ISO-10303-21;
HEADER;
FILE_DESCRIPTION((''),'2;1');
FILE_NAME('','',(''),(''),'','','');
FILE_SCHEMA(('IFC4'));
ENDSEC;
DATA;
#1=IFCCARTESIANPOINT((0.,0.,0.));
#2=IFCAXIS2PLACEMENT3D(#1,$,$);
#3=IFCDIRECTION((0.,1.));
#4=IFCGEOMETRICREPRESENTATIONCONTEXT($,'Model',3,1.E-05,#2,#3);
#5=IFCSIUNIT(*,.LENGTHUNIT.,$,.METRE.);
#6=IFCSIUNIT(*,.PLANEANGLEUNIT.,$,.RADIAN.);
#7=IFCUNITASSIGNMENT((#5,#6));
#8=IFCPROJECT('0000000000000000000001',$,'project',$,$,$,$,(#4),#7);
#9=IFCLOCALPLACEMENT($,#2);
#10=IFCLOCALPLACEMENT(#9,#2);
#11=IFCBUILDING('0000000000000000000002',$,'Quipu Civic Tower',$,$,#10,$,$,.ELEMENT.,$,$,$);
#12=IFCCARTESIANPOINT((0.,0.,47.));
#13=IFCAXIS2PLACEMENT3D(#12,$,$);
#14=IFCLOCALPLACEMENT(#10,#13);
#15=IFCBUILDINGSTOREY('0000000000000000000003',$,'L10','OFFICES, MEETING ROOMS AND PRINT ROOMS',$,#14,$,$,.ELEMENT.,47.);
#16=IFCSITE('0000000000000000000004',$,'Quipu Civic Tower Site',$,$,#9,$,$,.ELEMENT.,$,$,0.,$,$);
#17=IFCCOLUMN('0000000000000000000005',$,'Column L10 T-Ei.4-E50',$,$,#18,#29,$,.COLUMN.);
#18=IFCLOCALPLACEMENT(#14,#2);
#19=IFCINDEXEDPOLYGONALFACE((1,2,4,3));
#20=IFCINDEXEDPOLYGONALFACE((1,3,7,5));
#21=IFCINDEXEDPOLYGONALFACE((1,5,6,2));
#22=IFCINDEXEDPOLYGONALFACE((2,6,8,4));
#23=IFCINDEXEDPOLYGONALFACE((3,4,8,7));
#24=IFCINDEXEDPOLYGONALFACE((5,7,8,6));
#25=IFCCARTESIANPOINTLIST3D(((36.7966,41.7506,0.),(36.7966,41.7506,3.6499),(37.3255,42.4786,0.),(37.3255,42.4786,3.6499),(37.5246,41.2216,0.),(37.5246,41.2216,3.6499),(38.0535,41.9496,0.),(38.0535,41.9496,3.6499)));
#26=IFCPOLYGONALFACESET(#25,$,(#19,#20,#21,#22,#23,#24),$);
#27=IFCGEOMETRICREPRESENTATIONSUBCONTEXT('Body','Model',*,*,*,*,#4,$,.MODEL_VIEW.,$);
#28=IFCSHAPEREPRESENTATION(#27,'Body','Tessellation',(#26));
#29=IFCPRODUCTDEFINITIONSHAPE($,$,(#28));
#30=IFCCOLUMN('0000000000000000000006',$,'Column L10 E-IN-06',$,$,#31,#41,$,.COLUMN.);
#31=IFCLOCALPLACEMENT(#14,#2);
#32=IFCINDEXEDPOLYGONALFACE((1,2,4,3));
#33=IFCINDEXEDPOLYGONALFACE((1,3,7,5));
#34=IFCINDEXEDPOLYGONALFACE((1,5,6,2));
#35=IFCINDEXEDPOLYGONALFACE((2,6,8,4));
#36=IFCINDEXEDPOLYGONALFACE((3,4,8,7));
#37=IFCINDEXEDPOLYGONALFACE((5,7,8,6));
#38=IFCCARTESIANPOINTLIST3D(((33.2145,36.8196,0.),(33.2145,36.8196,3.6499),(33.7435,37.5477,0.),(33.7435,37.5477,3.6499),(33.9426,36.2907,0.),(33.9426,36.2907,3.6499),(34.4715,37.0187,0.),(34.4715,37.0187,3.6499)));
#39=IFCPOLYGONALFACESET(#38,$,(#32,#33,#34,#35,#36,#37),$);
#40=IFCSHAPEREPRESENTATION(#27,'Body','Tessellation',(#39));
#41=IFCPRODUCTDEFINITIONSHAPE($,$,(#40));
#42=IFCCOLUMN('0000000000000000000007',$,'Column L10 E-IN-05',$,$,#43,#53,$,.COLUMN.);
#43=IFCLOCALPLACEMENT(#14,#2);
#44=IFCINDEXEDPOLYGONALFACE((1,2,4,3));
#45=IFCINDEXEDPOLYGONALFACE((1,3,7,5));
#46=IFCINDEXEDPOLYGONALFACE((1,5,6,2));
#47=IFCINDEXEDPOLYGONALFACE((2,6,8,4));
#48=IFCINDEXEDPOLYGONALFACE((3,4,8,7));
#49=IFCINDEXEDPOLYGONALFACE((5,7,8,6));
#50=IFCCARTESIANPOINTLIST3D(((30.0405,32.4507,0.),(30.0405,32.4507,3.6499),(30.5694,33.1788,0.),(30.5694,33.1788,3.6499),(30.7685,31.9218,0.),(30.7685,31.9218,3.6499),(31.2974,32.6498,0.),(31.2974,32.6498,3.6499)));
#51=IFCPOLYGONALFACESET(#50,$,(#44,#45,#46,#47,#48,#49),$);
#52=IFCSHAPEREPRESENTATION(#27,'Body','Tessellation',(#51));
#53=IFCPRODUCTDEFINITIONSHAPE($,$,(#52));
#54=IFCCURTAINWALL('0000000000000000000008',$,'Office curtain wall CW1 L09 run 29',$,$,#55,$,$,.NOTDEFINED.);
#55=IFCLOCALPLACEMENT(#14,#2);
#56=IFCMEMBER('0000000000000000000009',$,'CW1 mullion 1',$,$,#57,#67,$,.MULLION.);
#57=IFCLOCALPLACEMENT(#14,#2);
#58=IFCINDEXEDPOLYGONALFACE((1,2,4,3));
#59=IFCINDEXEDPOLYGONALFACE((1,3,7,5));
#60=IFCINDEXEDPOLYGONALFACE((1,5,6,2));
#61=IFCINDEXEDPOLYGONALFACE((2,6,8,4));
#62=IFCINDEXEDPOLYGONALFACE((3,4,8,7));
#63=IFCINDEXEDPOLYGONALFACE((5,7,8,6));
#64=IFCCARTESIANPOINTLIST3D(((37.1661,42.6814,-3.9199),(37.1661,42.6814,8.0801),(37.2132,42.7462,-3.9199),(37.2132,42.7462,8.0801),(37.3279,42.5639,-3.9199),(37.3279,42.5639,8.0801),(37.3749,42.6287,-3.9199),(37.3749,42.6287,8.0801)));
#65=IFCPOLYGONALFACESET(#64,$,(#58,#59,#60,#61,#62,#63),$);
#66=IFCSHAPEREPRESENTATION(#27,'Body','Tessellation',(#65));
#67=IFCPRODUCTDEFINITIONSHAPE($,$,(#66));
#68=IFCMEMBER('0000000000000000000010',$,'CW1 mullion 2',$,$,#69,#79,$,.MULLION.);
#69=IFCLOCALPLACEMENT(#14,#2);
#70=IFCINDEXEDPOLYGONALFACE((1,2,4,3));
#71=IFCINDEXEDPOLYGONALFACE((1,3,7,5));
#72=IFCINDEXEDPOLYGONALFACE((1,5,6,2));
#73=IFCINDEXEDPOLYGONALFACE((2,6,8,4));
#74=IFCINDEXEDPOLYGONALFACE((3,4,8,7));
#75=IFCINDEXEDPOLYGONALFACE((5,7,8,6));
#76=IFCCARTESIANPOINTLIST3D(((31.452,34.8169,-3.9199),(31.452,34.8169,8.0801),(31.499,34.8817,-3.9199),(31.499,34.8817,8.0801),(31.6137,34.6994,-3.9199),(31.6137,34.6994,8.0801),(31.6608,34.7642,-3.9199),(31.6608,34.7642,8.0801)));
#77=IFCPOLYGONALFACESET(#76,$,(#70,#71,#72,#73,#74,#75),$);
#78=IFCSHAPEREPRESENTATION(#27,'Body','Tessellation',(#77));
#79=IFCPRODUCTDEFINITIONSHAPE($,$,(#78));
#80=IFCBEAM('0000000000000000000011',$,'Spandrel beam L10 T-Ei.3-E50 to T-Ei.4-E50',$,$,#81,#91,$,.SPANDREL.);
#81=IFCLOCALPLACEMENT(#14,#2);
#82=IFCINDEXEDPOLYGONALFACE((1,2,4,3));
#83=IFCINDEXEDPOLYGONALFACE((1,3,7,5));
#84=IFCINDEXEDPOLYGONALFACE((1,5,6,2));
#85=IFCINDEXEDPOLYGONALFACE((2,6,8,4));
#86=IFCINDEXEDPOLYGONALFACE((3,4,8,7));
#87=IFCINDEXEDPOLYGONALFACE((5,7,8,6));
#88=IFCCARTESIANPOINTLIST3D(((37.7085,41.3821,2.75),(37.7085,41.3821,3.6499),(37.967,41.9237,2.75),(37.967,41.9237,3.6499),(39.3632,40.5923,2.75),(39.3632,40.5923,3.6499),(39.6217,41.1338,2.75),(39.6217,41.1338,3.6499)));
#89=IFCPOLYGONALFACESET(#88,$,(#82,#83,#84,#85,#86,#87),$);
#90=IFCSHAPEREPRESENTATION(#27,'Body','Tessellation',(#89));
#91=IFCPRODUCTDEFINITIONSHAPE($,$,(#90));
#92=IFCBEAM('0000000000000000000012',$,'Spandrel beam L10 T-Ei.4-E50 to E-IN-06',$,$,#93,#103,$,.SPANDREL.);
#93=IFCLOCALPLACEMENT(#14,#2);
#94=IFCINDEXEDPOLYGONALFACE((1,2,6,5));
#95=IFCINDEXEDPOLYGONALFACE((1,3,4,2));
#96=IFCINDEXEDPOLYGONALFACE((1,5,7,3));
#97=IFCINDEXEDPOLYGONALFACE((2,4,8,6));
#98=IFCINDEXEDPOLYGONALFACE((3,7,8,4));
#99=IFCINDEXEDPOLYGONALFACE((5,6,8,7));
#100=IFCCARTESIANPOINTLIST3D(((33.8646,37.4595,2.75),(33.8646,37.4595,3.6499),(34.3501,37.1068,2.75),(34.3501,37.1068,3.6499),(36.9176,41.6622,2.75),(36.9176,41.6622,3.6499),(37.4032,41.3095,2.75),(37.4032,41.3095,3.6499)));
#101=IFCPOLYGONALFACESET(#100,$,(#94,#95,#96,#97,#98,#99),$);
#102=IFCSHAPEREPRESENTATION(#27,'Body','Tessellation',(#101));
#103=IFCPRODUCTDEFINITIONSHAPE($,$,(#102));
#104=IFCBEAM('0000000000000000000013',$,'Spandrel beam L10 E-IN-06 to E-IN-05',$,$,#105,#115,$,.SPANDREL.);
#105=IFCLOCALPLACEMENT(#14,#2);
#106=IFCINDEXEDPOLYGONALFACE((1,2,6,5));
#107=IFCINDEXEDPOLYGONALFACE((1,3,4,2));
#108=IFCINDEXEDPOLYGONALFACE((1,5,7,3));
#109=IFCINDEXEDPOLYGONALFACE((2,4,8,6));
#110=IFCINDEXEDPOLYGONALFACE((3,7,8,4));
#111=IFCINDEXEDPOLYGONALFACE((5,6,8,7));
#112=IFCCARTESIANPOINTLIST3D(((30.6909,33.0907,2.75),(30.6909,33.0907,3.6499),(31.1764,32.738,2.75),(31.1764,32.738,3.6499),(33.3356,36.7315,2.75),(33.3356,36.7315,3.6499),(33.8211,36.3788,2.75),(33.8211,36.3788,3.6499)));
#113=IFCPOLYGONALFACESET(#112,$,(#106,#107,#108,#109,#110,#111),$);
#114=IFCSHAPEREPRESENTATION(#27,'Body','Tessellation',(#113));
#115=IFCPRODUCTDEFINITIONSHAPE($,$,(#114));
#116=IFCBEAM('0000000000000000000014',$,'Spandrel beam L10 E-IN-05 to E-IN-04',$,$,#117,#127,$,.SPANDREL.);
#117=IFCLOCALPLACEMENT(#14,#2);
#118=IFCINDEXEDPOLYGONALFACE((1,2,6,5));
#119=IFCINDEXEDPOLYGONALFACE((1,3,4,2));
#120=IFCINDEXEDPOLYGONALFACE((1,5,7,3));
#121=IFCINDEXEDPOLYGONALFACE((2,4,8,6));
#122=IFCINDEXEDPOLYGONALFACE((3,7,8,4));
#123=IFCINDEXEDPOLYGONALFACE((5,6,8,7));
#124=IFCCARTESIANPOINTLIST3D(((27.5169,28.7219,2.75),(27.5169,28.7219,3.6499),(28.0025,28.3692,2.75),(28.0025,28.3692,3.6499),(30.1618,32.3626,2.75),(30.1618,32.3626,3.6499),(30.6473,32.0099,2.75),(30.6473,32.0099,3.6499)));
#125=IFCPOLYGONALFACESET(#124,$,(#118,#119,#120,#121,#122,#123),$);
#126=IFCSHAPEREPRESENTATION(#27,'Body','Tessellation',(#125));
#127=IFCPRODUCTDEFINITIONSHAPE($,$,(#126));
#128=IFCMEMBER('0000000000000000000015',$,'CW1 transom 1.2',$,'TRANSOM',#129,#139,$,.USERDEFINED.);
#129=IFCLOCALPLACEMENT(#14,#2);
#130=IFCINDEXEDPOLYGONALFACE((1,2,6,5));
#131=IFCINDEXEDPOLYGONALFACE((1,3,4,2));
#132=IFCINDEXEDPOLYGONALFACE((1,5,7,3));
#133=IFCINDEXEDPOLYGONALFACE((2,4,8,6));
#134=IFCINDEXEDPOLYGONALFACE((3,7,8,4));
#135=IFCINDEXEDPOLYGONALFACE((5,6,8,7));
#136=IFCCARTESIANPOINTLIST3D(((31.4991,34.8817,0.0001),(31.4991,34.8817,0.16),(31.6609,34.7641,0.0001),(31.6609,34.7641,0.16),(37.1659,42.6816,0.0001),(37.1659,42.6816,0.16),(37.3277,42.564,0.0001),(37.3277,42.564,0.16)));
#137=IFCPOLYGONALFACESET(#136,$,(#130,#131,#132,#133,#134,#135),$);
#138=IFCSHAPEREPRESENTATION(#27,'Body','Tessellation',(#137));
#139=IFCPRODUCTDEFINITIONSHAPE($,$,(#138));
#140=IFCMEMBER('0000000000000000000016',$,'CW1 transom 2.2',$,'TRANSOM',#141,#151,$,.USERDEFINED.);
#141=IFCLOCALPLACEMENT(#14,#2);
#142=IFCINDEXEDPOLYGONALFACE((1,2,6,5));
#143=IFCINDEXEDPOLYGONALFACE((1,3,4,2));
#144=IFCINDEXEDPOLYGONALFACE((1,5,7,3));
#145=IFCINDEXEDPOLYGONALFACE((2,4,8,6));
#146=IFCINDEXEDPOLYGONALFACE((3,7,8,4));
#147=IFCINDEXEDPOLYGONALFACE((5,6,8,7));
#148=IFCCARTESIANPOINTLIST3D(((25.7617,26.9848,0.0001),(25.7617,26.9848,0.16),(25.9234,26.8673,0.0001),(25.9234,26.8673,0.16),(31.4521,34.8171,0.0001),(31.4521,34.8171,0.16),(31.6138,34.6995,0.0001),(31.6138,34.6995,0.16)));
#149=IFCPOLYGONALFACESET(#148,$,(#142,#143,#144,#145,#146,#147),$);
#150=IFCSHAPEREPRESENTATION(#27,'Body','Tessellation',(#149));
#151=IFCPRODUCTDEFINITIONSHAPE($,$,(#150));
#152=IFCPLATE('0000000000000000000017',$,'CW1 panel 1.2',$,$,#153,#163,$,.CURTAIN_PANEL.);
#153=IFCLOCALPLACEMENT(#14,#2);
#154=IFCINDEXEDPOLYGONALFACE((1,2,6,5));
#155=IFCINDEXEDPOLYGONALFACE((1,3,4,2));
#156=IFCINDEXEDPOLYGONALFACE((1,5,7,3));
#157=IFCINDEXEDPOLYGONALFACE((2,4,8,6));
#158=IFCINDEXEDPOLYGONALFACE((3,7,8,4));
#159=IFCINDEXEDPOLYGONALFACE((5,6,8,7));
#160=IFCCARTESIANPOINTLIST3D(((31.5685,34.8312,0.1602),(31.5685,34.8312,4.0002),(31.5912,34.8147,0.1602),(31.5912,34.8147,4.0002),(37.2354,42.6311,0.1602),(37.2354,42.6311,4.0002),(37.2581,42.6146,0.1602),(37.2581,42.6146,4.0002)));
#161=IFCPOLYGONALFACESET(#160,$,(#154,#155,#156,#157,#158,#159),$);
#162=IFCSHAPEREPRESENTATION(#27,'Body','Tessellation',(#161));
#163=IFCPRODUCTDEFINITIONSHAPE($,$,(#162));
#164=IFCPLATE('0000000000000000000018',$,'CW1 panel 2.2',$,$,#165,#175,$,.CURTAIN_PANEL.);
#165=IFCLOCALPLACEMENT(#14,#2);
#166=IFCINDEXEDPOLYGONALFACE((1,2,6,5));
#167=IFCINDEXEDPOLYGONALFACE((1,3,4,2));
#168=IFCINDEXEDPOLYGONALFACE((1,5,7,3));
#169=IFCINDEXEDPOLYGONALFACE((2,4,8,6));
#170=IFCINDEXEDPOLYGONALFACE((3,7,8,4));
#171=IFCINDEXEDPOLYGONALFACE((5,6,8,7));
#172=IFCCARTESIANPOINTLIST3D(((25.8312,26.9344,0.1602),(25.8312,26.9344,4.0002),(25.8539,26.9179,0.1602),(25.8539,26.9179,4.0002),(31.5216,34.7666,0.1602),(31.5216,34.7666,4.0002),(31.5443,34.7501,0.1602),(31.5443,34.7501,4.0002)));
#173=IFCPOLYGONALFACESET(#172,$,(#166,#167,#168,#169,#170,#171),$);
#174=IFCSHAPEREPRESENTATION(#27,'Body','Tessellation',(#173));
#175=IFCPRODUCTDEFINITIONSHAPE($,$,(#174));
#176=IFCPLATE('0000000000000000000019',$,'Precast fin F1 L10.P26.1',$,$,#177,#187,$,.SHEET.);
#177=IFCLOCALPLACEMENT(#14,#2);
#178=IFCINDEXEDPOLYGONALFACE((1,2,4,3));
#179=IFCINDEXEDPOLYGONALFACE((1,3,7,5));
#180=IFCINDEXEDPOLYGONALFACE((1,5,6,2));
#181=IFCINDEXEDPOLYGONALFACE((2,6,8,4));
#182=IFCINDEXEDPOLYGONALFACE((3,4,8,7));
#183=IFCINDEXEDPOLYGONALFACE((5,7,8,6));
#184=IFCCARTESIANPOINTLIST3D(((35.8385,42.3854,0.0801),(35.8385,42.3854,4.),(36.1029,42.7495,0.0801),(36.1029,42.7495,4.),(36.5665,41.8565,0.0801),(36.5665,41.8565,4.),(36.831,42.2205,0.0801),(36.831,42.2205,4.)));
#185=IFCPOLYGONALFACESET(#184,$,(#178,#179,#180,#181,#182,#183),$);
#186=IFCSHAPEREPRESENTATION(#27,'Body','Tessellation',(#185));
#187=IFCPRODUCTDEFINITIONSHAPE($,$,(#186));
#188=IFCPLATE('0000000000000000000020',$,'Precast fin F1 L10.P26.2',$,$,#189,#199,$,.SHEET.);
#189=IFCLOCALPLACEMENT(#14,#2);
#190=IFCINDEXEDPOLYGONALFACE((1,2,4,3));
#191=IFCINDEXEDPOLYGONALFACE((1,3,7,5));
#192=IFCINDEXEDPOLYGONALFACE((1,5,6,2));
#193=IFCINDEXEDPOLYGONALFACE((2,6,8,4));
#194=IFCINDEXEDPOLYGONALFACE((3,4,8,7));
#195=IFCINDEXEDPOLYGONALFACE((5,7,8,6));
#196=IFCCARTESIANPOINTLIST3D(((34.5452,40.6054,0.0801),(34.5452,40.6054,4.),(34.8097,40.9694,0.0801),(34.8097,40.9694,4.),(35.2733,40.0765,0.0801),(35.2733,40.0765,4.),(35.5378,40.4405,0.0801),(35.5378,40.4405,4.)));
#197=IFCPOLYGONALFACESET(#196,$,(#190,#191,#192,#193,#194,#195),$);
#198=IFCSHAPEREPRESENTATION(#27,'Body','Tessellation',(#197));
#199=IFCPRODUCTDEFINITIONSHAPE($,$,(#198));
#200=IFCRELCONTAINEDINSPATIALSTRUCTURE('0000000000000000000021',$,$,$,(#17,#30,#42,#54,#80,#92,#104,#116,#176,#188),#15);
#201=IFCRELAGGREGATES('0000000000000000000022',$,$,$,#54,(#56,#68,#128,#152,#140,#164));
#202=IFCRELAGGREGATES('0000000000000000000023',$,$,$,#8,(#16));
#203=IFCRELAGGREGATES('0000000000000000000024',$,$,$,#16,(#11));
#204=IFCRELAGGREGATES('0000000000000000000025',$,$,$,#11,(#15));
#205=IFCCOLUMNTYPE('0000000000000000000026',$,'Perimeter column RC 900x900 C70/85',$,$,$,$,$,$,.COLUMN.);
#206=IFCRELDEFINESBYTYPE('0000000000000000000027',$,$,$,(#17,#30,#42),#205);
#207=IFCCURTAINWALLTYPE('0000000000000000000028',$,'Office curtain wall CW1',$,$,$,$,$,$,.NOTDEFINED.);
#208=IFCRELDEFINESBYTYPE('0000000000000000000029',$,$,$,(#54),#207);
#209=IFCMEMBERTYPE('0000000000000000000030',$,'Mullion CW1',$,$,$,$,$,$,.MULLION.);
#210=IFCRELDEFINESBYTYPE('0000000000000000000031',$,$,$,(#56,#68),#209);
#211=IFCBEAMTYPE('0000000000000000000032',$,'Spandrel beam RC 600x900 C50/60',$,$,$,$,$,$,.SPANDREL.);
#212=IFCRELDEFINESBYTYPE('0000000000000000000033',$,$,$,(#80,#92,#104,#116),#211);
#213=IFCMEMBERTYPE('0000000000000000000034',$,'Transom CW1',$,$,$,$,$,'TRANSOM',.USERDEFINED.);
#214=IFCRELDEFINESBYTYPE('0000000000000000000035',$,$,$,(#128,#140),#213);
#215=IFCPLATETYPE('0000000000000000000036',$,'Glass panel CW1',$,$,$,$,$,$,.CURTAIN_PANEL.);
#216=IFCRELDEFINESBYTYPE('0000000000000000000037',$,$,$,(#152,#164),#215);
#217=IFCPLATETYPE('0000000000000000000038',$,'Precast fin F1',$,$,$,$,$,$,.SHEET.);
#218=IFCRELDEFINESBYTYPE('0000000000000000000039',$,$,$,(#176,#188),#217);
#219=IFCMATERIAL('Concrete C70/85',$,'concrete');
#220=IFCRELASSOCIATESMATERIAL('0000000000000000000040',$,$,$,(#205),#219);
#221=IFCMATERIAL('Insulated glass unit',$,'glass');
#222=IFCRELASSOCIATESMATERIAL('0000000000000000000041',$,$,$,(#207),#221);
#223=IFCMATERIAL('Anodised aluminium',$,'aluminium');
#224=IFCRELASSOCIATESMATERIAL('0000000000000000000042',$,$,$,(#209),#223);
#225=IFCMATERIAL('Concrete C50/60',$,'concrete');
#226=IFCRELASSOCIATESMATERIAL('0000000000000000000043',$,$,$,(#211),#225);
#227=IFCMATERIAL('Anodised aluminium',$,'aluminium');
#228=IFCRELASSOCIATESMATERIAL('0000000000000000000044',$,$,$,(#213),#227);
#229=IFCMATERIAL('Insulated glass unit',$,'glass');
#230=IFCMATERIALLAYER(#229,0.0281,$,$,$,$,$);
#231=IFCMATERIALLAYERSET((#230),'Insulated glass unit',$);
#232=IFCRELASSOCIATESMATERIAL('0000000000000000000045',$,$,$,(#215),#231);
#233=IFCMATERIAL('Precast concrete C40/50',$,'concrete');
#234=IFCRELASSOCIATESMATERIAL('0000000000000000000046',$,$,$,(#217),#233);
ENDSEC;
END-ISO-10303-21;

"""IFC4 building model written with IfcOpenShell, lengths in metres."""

from ifc_helpers import new_model, si_unit, direction, frame, origin, origin_2d, place, context, subcontext, project, spatial, rectangle, extrude, material, layer, layer_set, material_profile, profile_set, type_object, element, aggregate, save


model = new_model("IFC4")

# Units and contexts
model_context = context("Model", 3, precision=1e-05, world=origin(), true_north=direction((0.0, 1.0)))
body_context = subcontext(model_context, "Body", "Model", "MODEL_VIEW")
ifc_project = project(units=[si_unit("LENGTHUNIT", "METRE"), si_unit("PLANEANGLEUNIT", "RADIAN")], contexts=[model_context])

# Site, building, storey
site_placement = place(None, origin())
site = spatial("IfcSite", under=ifc_project, at=site_placement, Name="Quipu Civic Tower Site", CompositionType="ELEMENT", RefElevation=0.0)
building_placement = place(site_placement, origin())
building = spatial("IfcBuilding", under=site, at=building_placement, Name="Quipu Civic Tower", CompositionType="ELEMENT")
storey_placement = place(building_placement, frame((0.0, 0.0, 47.0)))
storey = spatial("IfcBuildingStorey", under=building, at=storey_placement, Name="L10", Description="OFFICES, MEETING ROOMS AND PRINT ROOMS", CompositionType="ELEMENT", Elevation=47.0)

# Columns
ifc_material_1 = material(Name="Concrete C70/85", Category="concrete")
ifc_material_profile_1 = material_profile(ifc_material_1, rectangle(XDim=0.8999, YDim=0.8999, at=origin_2d()), Name="RC900x900")
ifc_profile_set_1 = profile_set([ifc_material_profile_1], Name="Concrete C70/85")
column_type = type_object("IfcColumnType", Name="Perimeter column RC 900x900 C70/85", PredefinedType="COLUMN", material=ifc_profile_set_1)
for number, where, z_axis, x_axis, name in (
    (1, (37.425, 41.8501, 0.0), (0.0, 0.0, 1.0), (-0.587785, -0.809017, 0.0), "Column L10 T-Ei.4-E50"),
    (2, (33.843, 36.9192, 0.0), (0.0, 0.0, 1.0), (-0.587785, -0.809017, 0.0), "Column L10 E-IN-06"),
    (3, (30.6689, 32.5503, 0.0), (0.0, 0.0, 1.0), (-0.587785, -0.809017, 0.0), "Column L10 E-IN-05"),
):
    element("IfcColumn", number, at=place(storey_placement, frame(where, z_axis=z_axis, x_axis=x_axis)), inside=storey, type_object=column_type, Name=name, PredefinedType="COLUMN", context=body_context, shape_type="SweptSolid", body=[
        extrude(rectangle(XDim=0.8999, YDim=0.8999, at=origin_2d()), origin(), (0.0, 0.0, 1.0), 3.6499),
    ])

# Curtain wall, members
ifc_material_2 = material(Name="Insulated glass unit", Category="glass")
curtain_wall_type = type_object("IfcCurtainWallType", Name="Office curtain wall CW1", PredefinedType="NOTDEFINED", material=ifc_material_2)
curtain_wall_placement = place(storey_placement, origin())
curtain_wall = element("IfcCurtainWall", 4, at=curtain_wall_placement, inside=storey, type_object=curtain_wall_type, Name="Office curtain wall CW1 L09 run 29", PredefinedType="NOTDEFINED")
ifc_material_3 = material(Name="Anodised aluminium", Category="aluminium")
ifc_material_profile_2 = material_profile(ifc_material_3, rectangle(XDim=0.2, YDim=0.0801, at=origin_2d()), Name="RECT 200x80")
ifc_profile_set_2 = profile_set([ifc_material_profile_2], Name="Anodised aluminium")
member_type_1 = type_object("IfcMemberType", Name="Mullion CW1", PredefinedType="MULLION", material=ifc_profile_set_2)
member_1_placement = place(storey_placement, frame((37.2705, 42.655, -3.9199), z_axis=(0.0, 0.0, 1.0), x_axis=(0.809017, -0.587786, 0.0)))
member_1 = element("IfcMember", 5, at=member_1_placement, type_object=member_type_1, Name="CW1 mullion 1", PredefinedType="MULLION", context=body_context, shape_type="SweptSolid", body=[
    extrude(rectangle(XDim=0.2, YDim=0.0801, at=origin_2d()), origin(), (0.0, 0.0, 1.0), 12.0),
])
member_2_placement = place(storey_placement, frame((31.5564, 34.7905, -3.9199), z_axis=(0.0, 0.0, 1.0), x_axis=(0.809017, -0.587786, 0.0)))
member_2 = element("IfcMember", 6, at=member_2_placement, type_object=member_type_1, Name="CW1 mullion 2", PredefinedType="MULLION", context=body_context, shape_type="SweptSolid", body=[
    extrude(rectangle(XDim=0.2, YDim=0.0801, at=origin_2d()), origin(), (0.0, 0.0, 1.0), 12.0),
])

# Beams
ifc_material_4 = material(Name="Concrete C50/60", Category="concrete")
ifc_material_profile_3 = material_profile(ifc_material_4, rectangle(XDim=0.6001, YDim=0.8999, at=origin_2d()), Name="RC600x900")
ifc_profile_set_3 = profile_set([ifc_material_profile_3], Name="Concrete C50/60")
beam_type = type_object("IfcBeamType", Name="Spandrel beam RC 600x900 C50/60", PredefinedType="SPANDREL", material=ifc_profile_set_3)
beam_1_placement = place(storey_placement, frame((39.4924, 40.863, 3.2), z_axis=(-0.902454, 0.430786, 0.0), x_axis=(-0.430786, -0.902454, 0.0)))
element("IfcBeam", 7, at=beam_1_placement, inside=storey, type_object=beam_type, Name="Spandrel beam L10 T-Ei.3-E50 to T-Ei.4-E50", PredefinedType="SPANDREL", context=body_context, shape_type="SweptSolid", body=[
    extrude(rectangle(XDim=0.6001, YDim=0.8999, at=origin_2d()), origin(), (0.0, 0.0, 1.0), 1.8335),
])
beam_2_placement = place(storey_placement, frame((37.1604, 41.4858, 3.2), z_axis=(-0.587733, -0.809055, 0.0), x_axis=(0.809055, -0.587733, 0.0)))
element("IfcBeam", 8, at=beam_2_placement, inside=storey, type_object=beam_type, Name="Spandrel beam L10 T-Ei.4-E50 to E-IN-06", PredefinedType="SPANDREL", context=body_context, shape_type="SweptSolid", body=[
    extrude(rectangle(XDim=0.6001, YDim=0.8999, at=origin_2d()), origin(), (0.0, 0.0, 1.0), 5.1946),
])
for number, where, z_axis, x_axis, name in (
    (9, (33.5784, 36.5552, 3.2), (-0.587717, -0.809067, 0.0), (0.809067, -0.587717, 0.0), "Spandrel beam L10 E-IN-06 to E-IN-05"),
    (10, (30.4045, 32.1863, 3.2), (-0.587743, -0.809048, 0.0), (0.809048, -0.587743, 0.0), "Spandrel beam L10 E-IN-05 to E-IN-04"),
):
    element("IfcBeam", number, at=place(storey_placement, frame(where, z_axis=z_axis, x_axis=x_axis)), inside=storey, type_object=beam_type, Name=name, PredefinedType="SPANDREL", context=body_context, shape_type="SweptSolid", body=[
        extrude(rectangle(XDim=0.6001, YDim=0.8999, at=origin_2d()), origin(), (0.0, 0.0, 1.0), 4.5),
    ])

# Members
ifc_material_5 = material(Name="Anodised aluminium", Category="aluminium")
ifc_material_profile_4 = material_profile(ifc_material_5, rectangle(XDim=0.2, YDim=0.1599, at=origin_2d()), Name="RECT 200x160")
ifc_profile_set_4 = profile_set([ifc_material_profile_4], Name="Anodised aluminium")
member_type_2 = type_object("IfcMemberType", Name="Transom CW1", ElementType="TRANSOM", PredefinedType="USERDEFINED", material=ifc_profile_set_4)
member_3_placement = place(storey_placement, frame((37.2468, 42.6228, 0.0801), z_axis=(-0.587776, -0.809024, 0.0), x_axis=(0.809024, -0.587776, 0.0)))
member_3 = element("IfcMember", 11, at=member_3_placement, type_object=member_type_2, Name="CW1 transom 1.2", ObjectType="TRANSOM", PredefinedType="USERDEFINED", context=body_context, shape_type="SweptSolid", body=[
    extrude(rectangle(XDim=0.2, YDim=0.1599, at=origin_2d()), origin(), (0.0, 0.0, 1.0), 9.6411),
])
member_4_placement = place(storey_placement, frame((31.533, 34.7583, 0.0801), z_axis=(-0.587782, -0.80902, 0.0), x_axis=(0.80902, -0.587782, 0.0)))
member_4 = element("IfcMember", 12, at=member_4_placement, type_object=member_type_2, Name="CW1 transom 2.2", ObjectType="TRANSOM", PredefinedType="USERDEFINED", context=body_context, shape_type="SweptSolid", body=[
    extrude(rectangle(XDim=0.2, YDim=0.1599, at=origin_2d()), origin(), (0.0, 0.0, 1.0), 9.6812),
])

# Plates
ifc_material_6 = material(Name="Insulated glass unit", Category="glass")
ifc_layer_1 = layer(ifc_material_6, 0.0281)
ifc_layer_set_1 = layer_set([ifc_layer_1], Name="Insulated glass unit")
plate_type_1 = type_object("IfcPlateType", Name="Glass panel CW1", PredefinedType="CURTAIN_PANEL", material=ifc_layer_set_1)
plate_1_placement = place(storey_placement, frame((34.4133, 38.7229, 0.1602), z_axis=(0.0, 0.0, 1.0), x_axis=(-0.587786, -0.809017, 0.0)))
plate_1 = element("IfcPlate", 13, at=plate_1_placement, type_object=plate_type_1, Name="CW1 panel 1.2", PredefinedType="CURTAIN_PANEL", context=body_context, shape_type="SweptSolid", body=[
    extrude(rectangle(XDim=9.6411, YDim=0.0281, at=origin_2d()), origin(), (0.0, 0.0, 1.0), 3.8401),
])
plate_2_placement = place(storey_placement, frame((28.6877, 30.8423, 0.1602), z_axis=(0.0, 0.0, 1.0), x_axis=(-0.587786, -0.809017, 0.0)))
plate_2 = element("IfcPlate", 14, at=plate_2_placement, type_object=plate_type_1, Name="CW1 panel 2.2", PredefinedType="CURTAIN_PANEL", context=body_context, shape_type="SweptSolid", body=[
    extrude(rectangle(XDim=9.6812, YDim=0.0281, at=origin_2d()), origin(), (0.0, 0.0, 1.0), 3.8401),
])
aggregate(curtain_wall, [member_1, member_2, member_3, plate_1, member_4, plate_2])

# Plates
ifc_material_7 = material(Name="Precast concrete C40/50", Category="concrete")
plate_type_2 = type_object("IfcPlateType", Name="Precast fin F1", PredefinedType="SHEET", material=ifc_material_7)
for number, where, z_axis, x_axis, name in (
    (15, (36.3347, 42.303, 0.0801), (0.0, 0.0, 1.0), (-0.587785, -0.809017, 0.0), "Precast fin F1 L10.P26.1"),
    (16, (35.0415, 40.5229, 0.0801), (0.0, 0.0, 1.0), (-0.587785, -0.809017, 0.0), "Precast fin F1 L10.P26.2"),
):
    element("IfcPlate", number, at=place(storey_placement, frame(where, z_axis=z_axis, x_axis=x_axis)), inside=storey, type_object=plate_type_2, Name=name, PredefinedType="SHEET", context=body_context, shape_type="SweptSolid", body=[
        extrude(rectangle(XDim=0.45, YDim=0.8999, at=origin_2d()), origin(), (0.0, 0.0, 1.0), 3.9199),
    ])

save(model, "model.ifc")
